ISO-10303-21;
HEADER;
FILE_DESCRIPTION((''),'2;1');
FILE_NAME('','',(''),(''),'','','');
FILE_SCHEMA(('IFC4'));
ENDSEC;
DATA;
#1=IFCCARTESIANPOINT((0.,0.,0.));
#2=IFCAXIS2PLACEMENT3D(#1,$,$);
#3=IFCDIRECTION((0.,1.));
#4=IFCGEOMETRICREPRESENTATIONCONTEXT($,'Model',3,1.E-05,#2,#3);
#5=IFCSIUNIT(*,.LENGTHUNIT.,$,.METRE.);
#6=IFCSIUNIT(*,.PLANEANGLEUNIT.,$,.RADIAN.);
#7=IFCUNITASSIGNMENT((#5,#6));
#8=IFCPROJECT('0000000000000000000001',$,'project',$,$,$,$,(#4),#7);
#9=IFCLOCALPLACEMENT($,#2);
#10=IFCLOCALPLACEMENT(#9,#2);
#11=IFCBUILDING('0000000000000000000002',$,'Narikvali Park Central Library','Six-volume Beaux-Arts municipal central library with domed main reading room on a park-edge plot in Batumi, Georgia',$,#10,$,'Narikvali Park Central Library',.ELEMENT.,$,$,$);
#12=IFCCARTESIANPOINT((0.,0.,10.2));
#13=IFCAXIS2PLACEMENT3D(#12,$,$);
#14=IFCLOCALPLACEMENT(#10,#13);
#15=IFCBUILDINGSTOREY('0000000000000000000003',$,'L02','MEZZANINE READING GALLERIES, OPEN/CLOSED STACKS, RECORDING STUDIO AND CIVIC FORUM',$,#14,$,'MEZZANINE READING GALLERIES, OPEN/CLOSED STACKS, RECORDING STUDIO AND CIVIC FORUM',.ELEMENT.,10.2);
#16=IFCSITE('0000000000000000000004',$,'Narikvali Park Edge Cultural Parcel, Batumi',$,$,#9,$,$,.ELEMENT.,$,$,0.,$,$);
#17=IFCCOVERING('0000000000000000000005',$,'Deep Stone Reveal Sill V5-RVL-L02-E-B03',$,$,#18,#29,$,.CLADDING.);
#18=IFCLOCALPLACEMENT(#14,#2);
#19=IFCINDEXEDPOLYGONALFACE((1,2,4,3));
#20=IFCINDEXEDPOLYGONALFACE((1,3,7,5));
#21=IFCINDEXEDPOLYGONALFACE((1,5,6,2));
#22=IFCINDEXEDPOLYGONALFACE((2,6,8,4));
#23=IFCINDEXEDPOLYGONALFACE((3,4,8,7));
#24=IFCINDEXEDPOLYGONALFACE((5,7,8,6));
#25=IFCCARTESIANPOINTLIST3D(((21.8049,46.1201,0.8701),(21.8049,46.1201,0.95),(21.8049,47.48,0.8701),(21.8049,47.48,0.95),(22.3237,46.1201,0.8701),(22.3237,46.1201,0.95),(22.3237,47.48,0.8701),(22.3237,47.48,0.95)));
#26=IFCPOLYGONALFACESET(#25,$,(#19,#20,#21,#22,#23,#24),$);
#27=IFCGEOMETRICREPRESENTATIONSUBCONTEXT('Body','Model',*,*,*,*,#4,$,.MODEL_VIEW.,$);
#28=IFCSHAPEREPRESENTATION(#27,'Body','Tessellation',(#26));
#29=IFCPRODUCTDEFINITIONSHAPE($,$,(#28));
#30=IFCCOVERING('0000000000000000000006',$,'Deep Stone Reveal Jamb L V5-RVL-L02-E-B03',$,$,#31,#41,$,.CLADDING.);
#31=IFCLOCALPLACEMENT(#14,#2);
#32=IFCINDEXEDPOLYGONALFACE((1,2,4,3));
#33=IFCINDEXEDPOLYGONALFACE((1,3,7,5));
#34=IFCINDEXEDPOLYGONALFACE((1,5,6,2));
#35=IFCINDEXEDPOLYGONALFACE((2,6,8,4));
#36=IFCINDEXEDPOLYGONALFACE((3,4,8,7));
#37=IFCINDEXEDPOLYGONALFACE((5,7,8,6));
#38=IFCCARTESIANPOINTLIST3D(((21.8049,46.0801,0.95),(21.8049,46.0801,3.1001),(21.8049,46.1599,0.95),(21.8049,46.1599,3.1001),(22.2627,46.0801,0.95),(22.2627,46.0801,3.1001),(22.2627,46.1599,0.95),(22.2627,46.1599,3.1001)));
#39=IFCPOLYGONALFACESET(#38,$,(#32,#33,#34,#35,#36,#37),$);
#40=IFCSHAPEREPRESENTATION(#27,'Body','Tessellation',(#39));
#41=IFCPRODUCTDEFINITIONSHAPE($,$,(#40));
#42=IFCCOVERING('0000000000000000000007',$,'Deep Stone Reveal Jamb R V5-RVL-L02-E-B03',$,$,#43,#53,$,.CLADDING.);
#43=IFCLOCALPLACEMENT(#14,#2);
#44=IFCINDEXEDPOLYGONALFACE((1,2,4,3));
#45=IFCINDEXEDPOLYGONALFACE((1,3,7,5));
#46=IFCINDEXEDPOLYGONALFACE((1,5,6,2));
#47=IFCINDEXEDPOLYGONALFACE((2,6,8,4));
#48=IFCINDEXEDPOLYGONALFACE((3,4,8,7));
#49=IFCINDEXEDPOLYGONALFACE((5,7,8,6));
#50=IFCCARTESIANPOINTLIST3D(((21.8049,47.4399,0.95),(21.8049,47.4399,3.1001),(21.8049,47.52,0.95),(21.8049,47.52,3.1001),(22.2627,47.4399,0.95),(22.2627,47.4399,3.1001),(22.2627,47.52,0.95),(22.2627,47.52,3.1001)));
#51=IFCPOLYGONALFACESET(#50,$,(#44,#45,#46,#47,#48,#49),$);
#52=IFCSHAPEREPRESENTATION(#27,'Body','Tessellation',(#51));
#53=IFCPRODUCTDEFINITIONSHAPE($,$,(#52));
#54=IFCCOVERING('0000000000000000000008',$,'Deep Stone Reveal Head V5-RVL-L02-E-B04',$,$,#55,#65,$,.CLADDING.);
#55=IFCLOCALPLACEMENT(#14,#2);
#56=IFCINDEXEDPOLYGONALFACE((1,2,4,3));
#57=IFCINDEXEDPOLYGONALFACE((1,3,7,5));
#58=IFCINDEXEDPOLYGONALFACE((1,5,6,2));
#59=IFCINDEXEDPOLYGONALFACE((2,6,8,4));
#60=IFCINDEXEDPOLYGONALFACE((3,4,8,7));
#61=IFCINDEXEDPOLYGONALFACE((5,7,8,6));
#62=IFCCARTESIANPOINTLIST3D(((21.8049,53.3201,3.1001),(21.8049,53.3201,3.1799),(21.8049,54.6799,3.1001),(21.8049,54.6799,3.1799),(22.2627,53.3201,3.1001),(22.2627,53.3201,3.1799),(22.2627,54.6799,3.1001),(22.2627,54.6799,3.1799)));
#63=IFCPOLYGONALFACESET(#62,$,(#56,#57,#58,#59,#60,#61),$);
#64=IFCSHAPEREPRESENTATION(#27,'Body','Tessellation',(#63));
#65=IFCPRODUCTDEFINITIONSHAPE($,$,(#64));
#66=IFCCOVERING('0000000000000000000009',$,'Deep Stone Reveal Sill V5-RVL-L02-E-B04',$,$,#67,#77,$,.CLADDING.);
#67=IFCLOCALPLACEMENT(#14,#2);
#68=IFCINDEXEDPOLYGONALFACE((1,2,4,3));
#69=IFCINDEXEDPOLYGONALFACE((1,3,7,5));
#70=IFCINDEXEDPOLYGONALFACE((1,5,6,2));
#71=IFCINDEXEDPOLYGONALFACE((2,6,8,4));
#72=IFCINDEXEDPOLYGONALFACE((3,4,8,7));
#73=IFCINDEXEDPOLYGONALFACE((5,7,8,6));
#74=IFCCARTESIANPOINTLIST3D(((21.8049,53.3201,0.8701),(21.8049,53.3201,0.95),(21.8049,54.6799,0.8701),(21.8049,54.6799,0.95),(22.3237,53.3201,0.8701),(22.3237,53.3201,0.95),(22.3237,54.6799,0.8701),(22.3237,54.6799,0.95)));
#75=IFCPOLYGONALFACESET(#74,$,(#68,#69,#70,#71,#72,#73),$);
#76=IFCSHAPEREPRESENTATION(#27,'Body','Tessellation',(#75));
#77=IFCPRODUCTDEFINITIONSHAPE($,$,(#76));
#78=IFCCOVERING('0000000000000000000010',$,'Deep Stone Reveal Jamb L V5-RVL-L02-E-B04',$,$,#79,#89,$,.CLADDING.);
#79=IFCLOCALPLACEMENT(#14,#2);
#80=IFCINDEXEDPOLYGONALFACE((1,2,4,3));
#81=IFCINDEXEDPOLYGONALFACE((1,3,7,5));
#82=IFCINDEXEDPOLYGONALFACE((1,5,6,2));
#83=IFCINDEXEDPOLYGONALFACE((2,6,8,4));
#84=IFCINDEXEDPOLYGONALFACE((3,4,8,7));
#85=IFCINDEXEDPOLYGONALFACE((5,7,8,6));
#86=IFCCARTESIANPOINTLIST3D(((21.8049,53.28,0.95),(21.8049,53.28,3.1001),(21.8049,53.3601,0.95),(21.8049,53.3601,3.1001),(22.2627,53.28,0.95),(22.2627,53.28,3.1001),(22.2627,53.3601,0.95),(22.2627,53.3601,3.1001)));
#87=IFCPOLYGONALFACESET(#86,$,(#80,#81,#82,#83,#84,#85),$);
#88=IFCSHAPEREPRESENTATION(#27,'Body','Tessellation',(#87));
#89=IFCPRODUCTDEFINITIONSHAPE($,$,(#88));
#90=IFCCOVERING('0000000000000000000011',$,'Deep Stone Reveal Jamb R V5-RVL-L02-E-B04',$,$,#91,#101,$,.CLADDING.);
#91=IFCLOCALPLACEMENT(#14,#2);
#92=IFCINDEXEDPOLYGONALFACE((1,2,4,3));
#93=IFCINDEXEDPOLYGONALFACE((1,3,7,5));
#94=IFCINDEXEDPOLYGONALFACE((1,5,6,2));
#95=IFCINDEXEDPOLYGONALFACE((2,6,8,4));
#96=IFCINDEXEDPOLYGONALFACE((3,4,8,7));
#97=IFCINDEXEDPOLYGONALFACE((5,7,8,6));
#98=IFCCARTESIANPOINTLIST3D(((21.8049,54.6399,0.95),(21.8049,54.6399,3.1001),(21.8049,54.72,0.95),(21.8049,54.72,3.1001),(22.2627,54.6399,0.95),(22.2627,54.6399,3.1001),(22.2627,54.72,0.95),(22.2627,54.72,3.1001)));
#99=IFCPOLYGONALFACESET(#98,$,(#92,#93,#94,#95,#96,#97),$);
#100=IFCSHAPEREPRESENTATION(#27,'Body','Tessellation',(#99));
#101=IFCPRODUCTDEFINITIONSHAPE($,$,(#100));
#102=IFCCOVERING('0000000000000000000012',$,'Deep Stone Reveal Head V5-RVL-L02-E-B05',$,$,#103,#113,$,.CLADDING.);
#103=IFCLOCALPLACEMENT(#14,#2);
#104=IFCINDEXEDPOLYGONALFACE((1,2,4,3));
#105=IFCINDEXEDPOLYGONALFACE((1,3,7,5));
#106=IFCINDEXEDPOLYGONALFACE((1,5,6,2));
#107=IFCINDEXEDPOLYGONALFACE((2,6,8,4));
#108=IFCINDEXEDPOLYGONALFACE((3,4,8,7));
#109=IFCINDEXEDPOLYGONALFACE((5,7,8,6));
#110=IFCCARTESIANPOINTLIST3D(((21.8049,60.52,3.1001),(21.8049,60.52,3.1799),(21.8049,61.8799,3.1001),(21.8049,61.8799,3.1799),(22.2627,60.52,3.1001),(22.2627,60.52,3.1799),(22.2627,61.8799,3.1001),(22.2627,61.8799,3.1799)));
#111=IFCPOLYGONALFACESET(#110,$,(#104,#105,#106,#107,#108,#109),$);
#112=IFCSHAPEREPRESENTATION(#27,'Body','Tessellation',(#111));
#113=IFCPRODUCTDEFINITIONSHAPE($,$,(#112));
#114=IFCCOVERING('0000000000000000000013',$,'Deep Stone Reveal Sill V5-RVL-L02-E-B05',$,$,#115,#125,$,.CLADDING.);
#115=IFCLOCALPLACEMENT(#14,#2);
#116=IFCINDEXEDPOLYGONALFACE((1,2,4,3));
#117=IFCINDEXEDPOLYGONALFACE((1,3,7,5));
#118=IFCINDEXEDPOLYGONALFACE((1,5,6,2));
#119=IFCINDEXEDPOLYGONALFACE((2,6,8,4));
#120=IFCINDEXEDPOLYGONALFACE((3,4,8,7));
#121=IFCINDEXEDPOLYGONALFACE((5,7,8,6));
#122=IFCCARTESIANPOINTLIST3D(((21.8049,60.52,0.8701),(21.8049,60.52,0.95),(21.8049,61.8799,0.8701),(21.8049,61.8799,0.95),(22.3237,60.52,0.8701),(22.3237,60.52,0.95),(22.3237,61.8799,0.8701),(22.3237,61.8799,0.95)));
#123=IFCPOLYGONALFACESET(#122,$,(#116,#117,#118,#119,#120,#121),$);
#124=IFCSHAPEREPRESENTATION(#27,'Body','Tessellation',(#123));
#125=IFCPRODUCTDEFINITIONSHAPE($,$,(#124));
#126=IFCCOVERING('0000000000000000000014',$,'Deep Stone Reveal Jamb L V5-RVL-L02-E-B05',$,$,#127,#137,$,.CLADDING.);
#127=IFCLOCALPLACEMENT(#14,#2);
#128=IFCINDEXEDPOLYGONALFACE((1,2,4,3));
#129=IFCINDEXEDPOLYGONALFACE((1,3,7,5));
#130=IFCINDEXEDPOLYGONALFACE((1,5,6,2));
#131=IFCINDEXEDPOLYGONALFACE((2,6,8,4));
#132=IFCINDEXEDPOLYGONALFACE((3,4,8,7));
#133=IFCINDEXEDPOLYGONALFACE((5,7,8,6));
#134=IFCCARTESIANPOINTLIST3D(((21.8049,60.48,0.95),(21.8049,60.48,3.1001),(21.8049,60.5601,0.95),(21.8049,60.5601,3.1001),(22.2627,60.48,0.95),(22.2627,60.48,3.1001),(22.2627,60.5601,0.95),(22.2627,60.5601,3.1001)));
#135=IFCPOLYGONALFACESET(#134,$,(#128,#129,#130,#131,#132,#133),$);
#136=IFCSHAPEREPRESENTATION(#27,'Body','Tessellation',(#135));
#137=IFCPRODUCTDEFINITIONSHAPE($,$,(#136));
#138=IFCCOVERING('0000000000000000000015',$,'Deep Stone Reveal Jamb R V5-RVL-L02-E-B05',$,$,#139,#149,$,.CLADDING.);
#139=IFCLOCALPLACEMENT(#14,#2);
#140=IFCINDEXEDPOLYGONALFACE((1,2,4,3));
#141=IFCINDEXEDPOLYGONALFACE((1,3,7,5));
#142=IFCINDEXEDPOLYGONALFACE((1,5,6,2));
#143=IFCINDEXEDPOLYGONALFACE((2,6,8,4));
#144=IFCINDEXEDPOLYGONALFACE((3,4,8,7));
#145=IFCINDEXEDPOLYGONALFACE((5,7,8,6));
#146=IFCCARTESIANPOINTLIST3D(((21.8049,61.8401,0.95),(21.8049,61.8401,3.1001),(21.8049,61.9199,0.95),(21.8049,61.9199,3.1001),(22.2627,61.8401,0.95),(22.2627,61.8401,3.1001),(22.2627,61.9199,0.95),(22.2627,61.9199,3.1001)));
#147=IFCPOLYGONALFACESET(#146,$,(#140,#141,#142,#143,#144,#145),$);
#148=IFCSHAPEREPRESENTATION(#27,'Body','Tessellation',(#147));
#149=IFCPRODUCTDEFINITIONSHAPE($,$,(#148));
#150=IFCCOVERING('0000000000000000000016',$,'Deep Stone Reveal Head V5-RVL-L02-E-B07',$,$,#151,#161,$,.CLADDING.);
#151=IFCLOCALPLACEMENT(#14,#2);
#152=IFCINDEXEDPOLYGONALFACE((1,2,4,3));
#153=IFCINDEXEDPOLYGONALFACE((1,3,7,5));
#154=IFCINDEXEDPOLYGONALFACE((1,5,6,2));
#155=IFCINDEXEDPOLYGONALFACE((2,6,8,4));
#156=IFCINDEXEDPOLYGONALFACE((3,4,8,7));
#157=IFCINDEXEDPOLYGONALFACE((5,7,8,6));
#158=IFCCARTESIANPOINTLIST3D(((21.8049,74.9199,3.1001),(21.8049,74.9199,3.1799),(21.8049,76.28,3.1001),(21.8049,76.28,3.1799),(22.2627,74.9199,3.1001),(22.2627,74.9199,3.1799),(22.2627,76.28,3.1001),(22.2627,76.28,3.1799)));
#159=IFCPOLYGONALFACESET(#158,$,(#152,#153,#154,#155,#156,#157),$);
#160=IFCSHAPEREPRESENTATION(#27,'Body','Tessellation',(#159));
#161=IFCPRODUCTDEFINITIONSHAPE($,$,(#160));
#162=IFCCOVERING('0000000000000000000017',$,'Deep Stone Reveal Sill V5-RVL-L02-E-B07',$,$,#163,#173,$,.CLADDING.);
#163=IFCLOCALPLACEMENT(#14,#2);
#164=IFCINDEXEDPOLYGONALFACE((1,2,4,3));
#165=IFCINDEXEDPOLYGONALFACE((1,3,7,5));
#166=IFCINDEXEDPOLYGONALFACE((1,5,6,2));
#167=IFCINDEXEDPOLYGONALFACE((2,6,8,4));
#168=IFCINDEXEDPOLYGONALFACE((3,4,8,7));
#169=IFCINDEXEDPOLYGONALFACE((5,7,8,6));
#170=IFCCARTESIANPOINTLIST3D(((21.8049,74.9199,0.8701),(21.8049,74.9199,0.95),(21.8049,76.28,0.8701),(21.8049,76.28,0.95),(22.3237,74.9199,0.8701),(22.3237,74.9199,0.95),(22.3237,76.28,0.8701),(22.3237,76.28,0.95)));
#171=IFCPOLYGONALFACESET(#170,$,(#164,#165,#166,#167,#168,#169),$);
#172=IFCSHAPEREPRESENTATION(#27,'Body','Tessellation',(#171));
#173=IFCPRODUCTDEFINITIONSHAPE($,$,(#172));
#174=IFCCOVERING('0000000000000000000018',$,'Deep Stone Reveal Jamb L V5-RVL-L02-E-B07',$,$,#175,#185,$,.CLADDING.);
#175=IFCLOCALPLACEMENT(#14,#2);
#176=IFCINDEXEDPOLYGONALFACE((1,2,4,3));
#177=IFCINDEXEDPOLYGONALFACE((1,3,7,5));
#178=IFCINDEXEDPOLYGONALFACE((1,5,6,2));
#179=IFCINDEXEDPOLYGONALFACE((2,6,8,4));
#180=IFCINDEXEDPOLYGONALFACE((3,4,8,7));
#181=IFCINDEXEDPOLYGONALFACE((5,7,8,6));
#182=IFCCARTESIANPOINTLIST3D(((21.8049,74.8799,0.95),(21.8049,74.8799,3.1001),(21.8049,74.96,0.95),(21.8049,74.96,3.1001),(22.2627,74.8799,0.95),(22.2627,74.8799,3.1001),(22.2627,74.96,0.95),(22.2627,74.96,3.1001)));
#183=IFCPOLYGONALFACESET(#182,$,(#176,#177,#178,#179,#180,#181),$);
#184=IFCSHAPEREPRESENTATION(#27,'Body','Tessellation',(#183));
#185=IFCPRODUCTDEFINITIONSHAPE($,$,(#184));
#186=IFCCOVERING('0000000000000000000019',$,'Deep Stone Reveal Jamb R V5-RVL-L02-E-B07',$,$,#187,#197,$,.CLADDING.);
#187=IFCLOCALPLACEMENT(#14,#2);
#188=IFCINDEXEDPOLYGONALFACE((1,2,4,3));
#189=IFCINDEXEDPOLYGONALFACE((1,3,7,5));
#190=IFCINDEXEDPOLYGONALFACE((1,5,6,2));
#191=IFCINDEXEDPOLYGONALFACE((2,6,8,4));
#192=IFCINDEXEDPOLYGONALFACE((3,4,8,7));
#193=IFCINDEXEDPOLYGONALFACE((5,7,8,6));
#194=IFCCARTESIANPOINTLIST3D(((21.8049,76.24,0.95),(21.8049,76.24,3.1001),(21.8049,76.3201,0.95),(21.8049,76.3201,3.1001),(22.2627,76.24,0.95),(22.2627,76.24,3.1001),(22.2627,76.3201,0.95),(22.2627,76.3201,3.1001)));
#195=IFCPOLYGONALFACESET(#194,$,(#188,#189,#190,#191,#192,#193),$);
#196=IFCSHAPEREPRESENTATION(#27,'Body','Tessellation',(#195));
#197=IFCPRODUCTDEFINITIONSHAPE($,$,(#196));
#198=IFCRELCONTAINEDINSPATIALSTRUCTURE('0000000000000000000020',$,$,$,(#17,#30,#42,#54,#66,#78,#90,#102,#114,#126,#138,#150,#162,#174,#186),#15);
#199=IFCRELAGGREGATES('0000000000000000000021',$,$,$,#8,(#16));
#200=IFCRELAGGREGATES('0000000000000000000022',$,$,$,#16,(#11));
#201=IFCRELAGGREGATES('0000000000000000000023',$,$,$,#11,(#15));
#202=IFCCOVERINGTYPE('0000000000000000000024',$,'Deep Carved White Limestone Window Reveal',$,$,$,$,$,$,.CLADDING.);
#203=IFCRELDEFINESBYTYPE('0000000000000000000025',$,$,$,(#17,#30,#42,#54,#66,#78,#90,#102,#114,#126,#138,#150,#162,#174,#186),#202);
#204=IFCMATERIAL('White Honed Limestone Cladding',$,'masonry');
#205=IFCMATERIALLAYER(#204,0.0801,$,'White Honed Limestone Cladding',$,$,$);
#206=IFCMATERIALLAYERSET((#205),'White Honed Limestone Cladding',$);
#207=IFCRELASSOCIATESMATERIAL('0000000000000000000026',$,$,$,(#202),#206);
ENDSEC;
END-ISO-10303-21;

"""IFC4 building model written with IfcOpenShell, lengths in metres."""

from ifc_helpers import new_model, si_unit, direction, frame, origin, place, context, subcontext, project, spatial, polyline, outline, extrude, material, layer, layer_set, type_object, element, save


model = new_model("IFC4")

# Units and contexts
model_context = context("Model", 3, precision=1e-05, world=origin(), true_north=direction((0.0, 1.0)))
body_context = subcontext(model_context, "Body", "Model", "MODEL_VIEW")
ifc_project = project(units=[si_unit("LENGTHUNIT", "METRE"), si_unit("PLANEANGLEUNIT", "RADIAN")], contexts=[model_context])

# Site, building, storey
site_placement = place(None, origin())
site = spatial("IfcSite", under=ifc_project, at=site_placement, Name="Narikvali Park Edge Cultural Parcel, Batumi", CompositionType="ELEMENT", RefElevation=0.0)
building_placement = place(site_placement, origin())
building = spatial("IfcBuilding", under=site, at=building_placement, Name="Narikvali Park Central Library", Description="Six-volume Beaux-Arts municipal central library with domed main reading room on a park-edge plot in Batumi, Georgia", LongName="Narikvali Park Central Library", CompositionType="ELEMENT")
storey_placement = place(building_placement, frame((0.0, 0.0, 10.2)))
storey = spatial("IfcBuildingStorey", under=building, at=storey_placement, Name="L02", Description="MEZZANINE READING GALLERIES, OPEN/CLOSED STACKS, RECORDING STUDIO AND CIVIC FORUM", LongName="MEZZANINE READING GALLERIES, OPEN/CLOSED STACKS, RECORDING STUDIO AND CIVIC FORUM", CompositionType="ELEMENT", Elevation=10.2)

# Coverings
ifc_material = material(Name="White Honed Limestone Cladding", Category="masonry")
ifc_layer = layer(ifc_material, 0.0801, Name="White Honed Limestone Cladding")
ifc_layer_set = layer_set([ifc_layer], Name="White Honed Limestone Cladding")
covering_type = type_object("IfcCoveringType", Name="Deep Carved White Limestone Window Reveal", PredefinedType="CLADDING", material=ifc_layer_set)
covering_1_placement = place(storey_placement, frame((0.0, 0.0, 0.8701)))
element("IfcCovering", 1, at=covering_1_placement, inside=storey, type_object=covering_type, Name="Deep Stone Reveal Sill V5-RVL-L02-E-B03", PredefinedType="CLADDING", context=body_context, shape_type="SweptSolid", body=[
    extrude(outline(polyline([(21.8049, 46.1201), (21.8049, 47.48), (22.3237, 47.48), (22.3237, 46.1201), (21.8049, 46.1201)])), origin(), (0.0, 0.0, 1.0), 0.0798),
])
covering_2_placement = place(storey_placement, frame((0.0, 0.0, 0.95)))
element("IfcCovering", 2, at=covering_2_placement, inside=storey, type_object=covering_type, Name="Deep Stone Reveal Jamb L V5-RVL-L02-E-B03", PredefinedType="CLADDING", context=body_context, shape_type="SweptSolid", body=[
    extrude(outline(polyline([(21.8049, 46.0801), (21.8049, 46.1599), (22.2627, 46.1599), (22.2627, 46.0801), (21.8049, 46.0801)])), origin(), (0.0, 0.0, 1.0), 2.1501),
])
covering_3_placement = place(storey_placement, frame((0.0, 0.0, 0.95)))
element("IfcCovering", 3, at=covering_3_placement, inside=storey, type_object=covering_type, Name="Deep Stone Reveal Jamb R V5-RVL-L02-E-B03", PredefinedType="CLADDING", context=body_context, shape_type="SweptSolid", body=[
    extrude(outline(polyline([(21.8049, 47.4399), (21.8049, 47.52), (22.2627, 47.52), (22.2627, 47.4399), (21.8049, 47.4399)])), origin(), (0.0, 0.0, 1.0), 2.1501),
])
covering_4_placement = place(storey_placement, frame((0.0, 0.0, 3.1001)))
element("IfcCovering", 4, at=covering_4_placement, inside=storey, type_object=covering_type, Name="Deep Stone Reveal Head V5-RVL-L02-E-B04", PredefinedType="CLADDING", context=body_context, shape_type="SweptSolid", body=[
    extrude(outline(polyline([(21.8049, 53.3201), (21.8049, 54.6799), (22.2627, 54.6799), (22.2627, 53.3201), (21.8049, 53.3201)])), origin(), (0.0, 0.0, 1.0), 0.0798),
])
covering_5_placement = place(storey_placement, frame((0.0, 0.0, 0.8701)))
element("IfcCovering", 5, at=covering_5_placement, inside=storey, type_object=covering_type, Name="Deep Stone Reveal Sill V5-RVL-L02-E-B04", PredefinedType="CLADDING", context=body_context, shape_type="SweptSolid", body=[
    extrude(outline(polyline([(21.8049, 53.3201), (21.8049, 54.6799), (22.3237, 54.6799), (22.3237, 53.3201), (21.8049, 53.3201)])), origin(), (0.0, 0.0, 1.0), 0.0798),
])
covering_6_placement = place(storey_placement, frame((0.0, 0.0, 0.95)))
element("IfcCovering", 6, at=covering_6_placement, inside=storey, type_object=covering_type, Name="Deep Stone Reveal Jamb L V5-RVL-L02-E-B04", PredefinedType="CLADDING", context=body_context, shape_type="SweptSolid", body=[
    extrude(outline(polyline([(21.8049, 53.28), (21.8049, 53.3601), (22.2627, 53.3601), (22.2627, 53.28), (21.8049, 53.28)])), origin(), (0.0, 0.0, 1.0), 2.1501),
])
covering_7_placement = place(storey_placement, frame((0.0, 0.0, 0.95)))
element("IfcCovering", 7, at=covering_7_placement, inside=storey, type_object=covering_type, Name="Deep Stone Reveal Jamb R V5-RVL-L02-E-B04", PredefinedType="CLADDING", context=body_context, shape_type="SweptSolid", body=[
    extrude(outline(polyline([(21.8049, 54.6399), (21.8049, 54.72), (22.2627, 54.72), (22.2627, 54.6399), (21.8049, 54.6399)])), origin(), (0.0, 0.0, 1.0), 2.1501),
])
covering_8_placement = place(storey_placement, frame((0.0, 0.0, 3.1001)))
element("IfcCovering", 8, at=covering_8_placement, inside=storey, type_object=covering_type, Name="Deep Stone Reveal Head V5-RVL-L02-E-B05", PredefinedType="CLADDING", context=body_context, shape_type="SweptSolid", body=[
    extrude(outline(polyline([(21.8049, 60.52), (21.8049, 61.8799), (22.2627, 61.8799), (22.2627, 60.52), (21.8049, 60.52)])), origin(), (0.0, 0.0, 1.0), 0.0798),
])
covering_9_placement = place(storey_placement, frame((0.0, 0.0, 0.8701)))
element("IfcCovering", 9, at=covering_9_placement, inside=storey, type_object=covering_type, Name="Deep Stone Reveal Sill V5-RVL-L02-E-B05", PredefinedType="CLADDING", context=body_context, shape_type="SweptSolid", body=[
    extrude(outline(polyline([(21.8049, 60.52), (21.8049, 61.8799), (22.3237, 61.8799), (22.3237, 60.52), (21.8049, 60.52)])), origin(), (0.0, 0.0, 1.0), 0.0798),
])
covering_10_placement = place(storey_placement, frame((0.0, 0.0, 0.95)))
element("IfcCovering", 10, at=covering_10_placement, inside=storey, type_object=covering_type, Name="Deep Stone Reveal Jamb L V5-RVL-L02-E-B05", PredefinedType="CLADDING", context=body_context, shape_type="SweptSolid", body=[
    extrude(outline(polyline([(21.8049, 60.48), (21.8049, 60.5601), (22.2627, 60.5601), (22.2627, 60.48), (21.8049, 60.48)])), origin(), (0.0, 0.0, 1.0), 2.1501),
])
covering_11_placement = place(storey_placement, frame((0.0, 0.0, 0.95)))
element("IfcCovering", 11, at=covering_11_placement, inside=storey, type_object=covering_type, Name="Deep Stone Reveal Jamb R V5-RVL-L02-E-B05", PredefinedType="CLADDING", context=body_context, shape_type="SweptSolid", body=[
    extrude(outline(polyline([(21.8049, 61.8401), (21.8049, 61.9199), (22.2627, 61.9199), (22.2627, 61.8401), (21.8049, 61.8401)])), origin(), (0.0, 0.0, 1.0), 2.1501),
])
covering_12_placement = place(storey_placement, frame((0.0, 0.0, 3.1001)))
element("IfcCovering", 12, at=covering_12_placement, inside=storey, type_object=covering_type, Name="Deep Stone Reveal Head V5-RVL-L02-E-B07", PredefinedType="CLADDING", context=body_context, shape_type="SweptSolid", body=[
    extrude(outline(polyline([(21.8049, 74.9199), (21.8049, 76.28), (22.2627, 76.28), (22.2627, 74.9199), (21.8049, 74.9199)])), origin(), (0.0, 0.0, 1.0), 0.0798),
])
covering_13_placement = place(storey_placement, frame((0.0, 0.0, 0.8701)))
element("IfcCovering", 13, at=covering_13_placement, inside=storey, type_object=covering_type, Name="Deep Stone Reveal Sill V5-RVL-L02-E-B07", PredefinedType="CLADDING", context=body_context, shape_type="SweptSolid", body=[
    extrude(outline(polyline([(21.8049, 74.9199), (21.8049, 76.28), (22.3237, 76.28), (22.3237, 74.9199), (21.8049, 74.9199)])), origin(), (0.0, 0.0, 1.0), 0.0798),
])
covering_14_placement = place(storey_placement, frame((0.0, 0.0, 0.95)))
element("IfcCovering", 14, at=covering_14_placement, inside=storey, type_object=covering_type, Name="Deep Stone Reveal Jamb L V5-RVL-L02-E-B07", PredefinedType="CLADDING", context=body_context, shape_type="SweptSolid", body=[
    extrude(outline(polyline([(21.8049, 74.8799), (21.8049, 74.96), (22.2627, 74.96), (22.2627, 74.8799), (21.8049, 74.8799)])), origin(), (0.0, 0.0, 1.0), 2.1501),
])
covering_15_placement = place(storey_placement, frame((0.0, 0.0, 0.95)))
element("IfcCovering", 15, at=covering_15_placement, inside=storey, type_object=covering_type, Name="Deep Stone Reveal Jamb R V5-RVL-L02-E-B07", PredefinedType="CLADDING", context=body_context, shape_type="SweptSolid", body=[
    extrude(outline(polyline([(21.8049, 76.24), (21.8049, 76.3201), (22.2627, 76.3201), (22.2627, 76.24), (21.8049, 76.24)])), origin(), (0.0, 0.0, 1.0), 2.1501),
])

save(model, "model.ifc")
